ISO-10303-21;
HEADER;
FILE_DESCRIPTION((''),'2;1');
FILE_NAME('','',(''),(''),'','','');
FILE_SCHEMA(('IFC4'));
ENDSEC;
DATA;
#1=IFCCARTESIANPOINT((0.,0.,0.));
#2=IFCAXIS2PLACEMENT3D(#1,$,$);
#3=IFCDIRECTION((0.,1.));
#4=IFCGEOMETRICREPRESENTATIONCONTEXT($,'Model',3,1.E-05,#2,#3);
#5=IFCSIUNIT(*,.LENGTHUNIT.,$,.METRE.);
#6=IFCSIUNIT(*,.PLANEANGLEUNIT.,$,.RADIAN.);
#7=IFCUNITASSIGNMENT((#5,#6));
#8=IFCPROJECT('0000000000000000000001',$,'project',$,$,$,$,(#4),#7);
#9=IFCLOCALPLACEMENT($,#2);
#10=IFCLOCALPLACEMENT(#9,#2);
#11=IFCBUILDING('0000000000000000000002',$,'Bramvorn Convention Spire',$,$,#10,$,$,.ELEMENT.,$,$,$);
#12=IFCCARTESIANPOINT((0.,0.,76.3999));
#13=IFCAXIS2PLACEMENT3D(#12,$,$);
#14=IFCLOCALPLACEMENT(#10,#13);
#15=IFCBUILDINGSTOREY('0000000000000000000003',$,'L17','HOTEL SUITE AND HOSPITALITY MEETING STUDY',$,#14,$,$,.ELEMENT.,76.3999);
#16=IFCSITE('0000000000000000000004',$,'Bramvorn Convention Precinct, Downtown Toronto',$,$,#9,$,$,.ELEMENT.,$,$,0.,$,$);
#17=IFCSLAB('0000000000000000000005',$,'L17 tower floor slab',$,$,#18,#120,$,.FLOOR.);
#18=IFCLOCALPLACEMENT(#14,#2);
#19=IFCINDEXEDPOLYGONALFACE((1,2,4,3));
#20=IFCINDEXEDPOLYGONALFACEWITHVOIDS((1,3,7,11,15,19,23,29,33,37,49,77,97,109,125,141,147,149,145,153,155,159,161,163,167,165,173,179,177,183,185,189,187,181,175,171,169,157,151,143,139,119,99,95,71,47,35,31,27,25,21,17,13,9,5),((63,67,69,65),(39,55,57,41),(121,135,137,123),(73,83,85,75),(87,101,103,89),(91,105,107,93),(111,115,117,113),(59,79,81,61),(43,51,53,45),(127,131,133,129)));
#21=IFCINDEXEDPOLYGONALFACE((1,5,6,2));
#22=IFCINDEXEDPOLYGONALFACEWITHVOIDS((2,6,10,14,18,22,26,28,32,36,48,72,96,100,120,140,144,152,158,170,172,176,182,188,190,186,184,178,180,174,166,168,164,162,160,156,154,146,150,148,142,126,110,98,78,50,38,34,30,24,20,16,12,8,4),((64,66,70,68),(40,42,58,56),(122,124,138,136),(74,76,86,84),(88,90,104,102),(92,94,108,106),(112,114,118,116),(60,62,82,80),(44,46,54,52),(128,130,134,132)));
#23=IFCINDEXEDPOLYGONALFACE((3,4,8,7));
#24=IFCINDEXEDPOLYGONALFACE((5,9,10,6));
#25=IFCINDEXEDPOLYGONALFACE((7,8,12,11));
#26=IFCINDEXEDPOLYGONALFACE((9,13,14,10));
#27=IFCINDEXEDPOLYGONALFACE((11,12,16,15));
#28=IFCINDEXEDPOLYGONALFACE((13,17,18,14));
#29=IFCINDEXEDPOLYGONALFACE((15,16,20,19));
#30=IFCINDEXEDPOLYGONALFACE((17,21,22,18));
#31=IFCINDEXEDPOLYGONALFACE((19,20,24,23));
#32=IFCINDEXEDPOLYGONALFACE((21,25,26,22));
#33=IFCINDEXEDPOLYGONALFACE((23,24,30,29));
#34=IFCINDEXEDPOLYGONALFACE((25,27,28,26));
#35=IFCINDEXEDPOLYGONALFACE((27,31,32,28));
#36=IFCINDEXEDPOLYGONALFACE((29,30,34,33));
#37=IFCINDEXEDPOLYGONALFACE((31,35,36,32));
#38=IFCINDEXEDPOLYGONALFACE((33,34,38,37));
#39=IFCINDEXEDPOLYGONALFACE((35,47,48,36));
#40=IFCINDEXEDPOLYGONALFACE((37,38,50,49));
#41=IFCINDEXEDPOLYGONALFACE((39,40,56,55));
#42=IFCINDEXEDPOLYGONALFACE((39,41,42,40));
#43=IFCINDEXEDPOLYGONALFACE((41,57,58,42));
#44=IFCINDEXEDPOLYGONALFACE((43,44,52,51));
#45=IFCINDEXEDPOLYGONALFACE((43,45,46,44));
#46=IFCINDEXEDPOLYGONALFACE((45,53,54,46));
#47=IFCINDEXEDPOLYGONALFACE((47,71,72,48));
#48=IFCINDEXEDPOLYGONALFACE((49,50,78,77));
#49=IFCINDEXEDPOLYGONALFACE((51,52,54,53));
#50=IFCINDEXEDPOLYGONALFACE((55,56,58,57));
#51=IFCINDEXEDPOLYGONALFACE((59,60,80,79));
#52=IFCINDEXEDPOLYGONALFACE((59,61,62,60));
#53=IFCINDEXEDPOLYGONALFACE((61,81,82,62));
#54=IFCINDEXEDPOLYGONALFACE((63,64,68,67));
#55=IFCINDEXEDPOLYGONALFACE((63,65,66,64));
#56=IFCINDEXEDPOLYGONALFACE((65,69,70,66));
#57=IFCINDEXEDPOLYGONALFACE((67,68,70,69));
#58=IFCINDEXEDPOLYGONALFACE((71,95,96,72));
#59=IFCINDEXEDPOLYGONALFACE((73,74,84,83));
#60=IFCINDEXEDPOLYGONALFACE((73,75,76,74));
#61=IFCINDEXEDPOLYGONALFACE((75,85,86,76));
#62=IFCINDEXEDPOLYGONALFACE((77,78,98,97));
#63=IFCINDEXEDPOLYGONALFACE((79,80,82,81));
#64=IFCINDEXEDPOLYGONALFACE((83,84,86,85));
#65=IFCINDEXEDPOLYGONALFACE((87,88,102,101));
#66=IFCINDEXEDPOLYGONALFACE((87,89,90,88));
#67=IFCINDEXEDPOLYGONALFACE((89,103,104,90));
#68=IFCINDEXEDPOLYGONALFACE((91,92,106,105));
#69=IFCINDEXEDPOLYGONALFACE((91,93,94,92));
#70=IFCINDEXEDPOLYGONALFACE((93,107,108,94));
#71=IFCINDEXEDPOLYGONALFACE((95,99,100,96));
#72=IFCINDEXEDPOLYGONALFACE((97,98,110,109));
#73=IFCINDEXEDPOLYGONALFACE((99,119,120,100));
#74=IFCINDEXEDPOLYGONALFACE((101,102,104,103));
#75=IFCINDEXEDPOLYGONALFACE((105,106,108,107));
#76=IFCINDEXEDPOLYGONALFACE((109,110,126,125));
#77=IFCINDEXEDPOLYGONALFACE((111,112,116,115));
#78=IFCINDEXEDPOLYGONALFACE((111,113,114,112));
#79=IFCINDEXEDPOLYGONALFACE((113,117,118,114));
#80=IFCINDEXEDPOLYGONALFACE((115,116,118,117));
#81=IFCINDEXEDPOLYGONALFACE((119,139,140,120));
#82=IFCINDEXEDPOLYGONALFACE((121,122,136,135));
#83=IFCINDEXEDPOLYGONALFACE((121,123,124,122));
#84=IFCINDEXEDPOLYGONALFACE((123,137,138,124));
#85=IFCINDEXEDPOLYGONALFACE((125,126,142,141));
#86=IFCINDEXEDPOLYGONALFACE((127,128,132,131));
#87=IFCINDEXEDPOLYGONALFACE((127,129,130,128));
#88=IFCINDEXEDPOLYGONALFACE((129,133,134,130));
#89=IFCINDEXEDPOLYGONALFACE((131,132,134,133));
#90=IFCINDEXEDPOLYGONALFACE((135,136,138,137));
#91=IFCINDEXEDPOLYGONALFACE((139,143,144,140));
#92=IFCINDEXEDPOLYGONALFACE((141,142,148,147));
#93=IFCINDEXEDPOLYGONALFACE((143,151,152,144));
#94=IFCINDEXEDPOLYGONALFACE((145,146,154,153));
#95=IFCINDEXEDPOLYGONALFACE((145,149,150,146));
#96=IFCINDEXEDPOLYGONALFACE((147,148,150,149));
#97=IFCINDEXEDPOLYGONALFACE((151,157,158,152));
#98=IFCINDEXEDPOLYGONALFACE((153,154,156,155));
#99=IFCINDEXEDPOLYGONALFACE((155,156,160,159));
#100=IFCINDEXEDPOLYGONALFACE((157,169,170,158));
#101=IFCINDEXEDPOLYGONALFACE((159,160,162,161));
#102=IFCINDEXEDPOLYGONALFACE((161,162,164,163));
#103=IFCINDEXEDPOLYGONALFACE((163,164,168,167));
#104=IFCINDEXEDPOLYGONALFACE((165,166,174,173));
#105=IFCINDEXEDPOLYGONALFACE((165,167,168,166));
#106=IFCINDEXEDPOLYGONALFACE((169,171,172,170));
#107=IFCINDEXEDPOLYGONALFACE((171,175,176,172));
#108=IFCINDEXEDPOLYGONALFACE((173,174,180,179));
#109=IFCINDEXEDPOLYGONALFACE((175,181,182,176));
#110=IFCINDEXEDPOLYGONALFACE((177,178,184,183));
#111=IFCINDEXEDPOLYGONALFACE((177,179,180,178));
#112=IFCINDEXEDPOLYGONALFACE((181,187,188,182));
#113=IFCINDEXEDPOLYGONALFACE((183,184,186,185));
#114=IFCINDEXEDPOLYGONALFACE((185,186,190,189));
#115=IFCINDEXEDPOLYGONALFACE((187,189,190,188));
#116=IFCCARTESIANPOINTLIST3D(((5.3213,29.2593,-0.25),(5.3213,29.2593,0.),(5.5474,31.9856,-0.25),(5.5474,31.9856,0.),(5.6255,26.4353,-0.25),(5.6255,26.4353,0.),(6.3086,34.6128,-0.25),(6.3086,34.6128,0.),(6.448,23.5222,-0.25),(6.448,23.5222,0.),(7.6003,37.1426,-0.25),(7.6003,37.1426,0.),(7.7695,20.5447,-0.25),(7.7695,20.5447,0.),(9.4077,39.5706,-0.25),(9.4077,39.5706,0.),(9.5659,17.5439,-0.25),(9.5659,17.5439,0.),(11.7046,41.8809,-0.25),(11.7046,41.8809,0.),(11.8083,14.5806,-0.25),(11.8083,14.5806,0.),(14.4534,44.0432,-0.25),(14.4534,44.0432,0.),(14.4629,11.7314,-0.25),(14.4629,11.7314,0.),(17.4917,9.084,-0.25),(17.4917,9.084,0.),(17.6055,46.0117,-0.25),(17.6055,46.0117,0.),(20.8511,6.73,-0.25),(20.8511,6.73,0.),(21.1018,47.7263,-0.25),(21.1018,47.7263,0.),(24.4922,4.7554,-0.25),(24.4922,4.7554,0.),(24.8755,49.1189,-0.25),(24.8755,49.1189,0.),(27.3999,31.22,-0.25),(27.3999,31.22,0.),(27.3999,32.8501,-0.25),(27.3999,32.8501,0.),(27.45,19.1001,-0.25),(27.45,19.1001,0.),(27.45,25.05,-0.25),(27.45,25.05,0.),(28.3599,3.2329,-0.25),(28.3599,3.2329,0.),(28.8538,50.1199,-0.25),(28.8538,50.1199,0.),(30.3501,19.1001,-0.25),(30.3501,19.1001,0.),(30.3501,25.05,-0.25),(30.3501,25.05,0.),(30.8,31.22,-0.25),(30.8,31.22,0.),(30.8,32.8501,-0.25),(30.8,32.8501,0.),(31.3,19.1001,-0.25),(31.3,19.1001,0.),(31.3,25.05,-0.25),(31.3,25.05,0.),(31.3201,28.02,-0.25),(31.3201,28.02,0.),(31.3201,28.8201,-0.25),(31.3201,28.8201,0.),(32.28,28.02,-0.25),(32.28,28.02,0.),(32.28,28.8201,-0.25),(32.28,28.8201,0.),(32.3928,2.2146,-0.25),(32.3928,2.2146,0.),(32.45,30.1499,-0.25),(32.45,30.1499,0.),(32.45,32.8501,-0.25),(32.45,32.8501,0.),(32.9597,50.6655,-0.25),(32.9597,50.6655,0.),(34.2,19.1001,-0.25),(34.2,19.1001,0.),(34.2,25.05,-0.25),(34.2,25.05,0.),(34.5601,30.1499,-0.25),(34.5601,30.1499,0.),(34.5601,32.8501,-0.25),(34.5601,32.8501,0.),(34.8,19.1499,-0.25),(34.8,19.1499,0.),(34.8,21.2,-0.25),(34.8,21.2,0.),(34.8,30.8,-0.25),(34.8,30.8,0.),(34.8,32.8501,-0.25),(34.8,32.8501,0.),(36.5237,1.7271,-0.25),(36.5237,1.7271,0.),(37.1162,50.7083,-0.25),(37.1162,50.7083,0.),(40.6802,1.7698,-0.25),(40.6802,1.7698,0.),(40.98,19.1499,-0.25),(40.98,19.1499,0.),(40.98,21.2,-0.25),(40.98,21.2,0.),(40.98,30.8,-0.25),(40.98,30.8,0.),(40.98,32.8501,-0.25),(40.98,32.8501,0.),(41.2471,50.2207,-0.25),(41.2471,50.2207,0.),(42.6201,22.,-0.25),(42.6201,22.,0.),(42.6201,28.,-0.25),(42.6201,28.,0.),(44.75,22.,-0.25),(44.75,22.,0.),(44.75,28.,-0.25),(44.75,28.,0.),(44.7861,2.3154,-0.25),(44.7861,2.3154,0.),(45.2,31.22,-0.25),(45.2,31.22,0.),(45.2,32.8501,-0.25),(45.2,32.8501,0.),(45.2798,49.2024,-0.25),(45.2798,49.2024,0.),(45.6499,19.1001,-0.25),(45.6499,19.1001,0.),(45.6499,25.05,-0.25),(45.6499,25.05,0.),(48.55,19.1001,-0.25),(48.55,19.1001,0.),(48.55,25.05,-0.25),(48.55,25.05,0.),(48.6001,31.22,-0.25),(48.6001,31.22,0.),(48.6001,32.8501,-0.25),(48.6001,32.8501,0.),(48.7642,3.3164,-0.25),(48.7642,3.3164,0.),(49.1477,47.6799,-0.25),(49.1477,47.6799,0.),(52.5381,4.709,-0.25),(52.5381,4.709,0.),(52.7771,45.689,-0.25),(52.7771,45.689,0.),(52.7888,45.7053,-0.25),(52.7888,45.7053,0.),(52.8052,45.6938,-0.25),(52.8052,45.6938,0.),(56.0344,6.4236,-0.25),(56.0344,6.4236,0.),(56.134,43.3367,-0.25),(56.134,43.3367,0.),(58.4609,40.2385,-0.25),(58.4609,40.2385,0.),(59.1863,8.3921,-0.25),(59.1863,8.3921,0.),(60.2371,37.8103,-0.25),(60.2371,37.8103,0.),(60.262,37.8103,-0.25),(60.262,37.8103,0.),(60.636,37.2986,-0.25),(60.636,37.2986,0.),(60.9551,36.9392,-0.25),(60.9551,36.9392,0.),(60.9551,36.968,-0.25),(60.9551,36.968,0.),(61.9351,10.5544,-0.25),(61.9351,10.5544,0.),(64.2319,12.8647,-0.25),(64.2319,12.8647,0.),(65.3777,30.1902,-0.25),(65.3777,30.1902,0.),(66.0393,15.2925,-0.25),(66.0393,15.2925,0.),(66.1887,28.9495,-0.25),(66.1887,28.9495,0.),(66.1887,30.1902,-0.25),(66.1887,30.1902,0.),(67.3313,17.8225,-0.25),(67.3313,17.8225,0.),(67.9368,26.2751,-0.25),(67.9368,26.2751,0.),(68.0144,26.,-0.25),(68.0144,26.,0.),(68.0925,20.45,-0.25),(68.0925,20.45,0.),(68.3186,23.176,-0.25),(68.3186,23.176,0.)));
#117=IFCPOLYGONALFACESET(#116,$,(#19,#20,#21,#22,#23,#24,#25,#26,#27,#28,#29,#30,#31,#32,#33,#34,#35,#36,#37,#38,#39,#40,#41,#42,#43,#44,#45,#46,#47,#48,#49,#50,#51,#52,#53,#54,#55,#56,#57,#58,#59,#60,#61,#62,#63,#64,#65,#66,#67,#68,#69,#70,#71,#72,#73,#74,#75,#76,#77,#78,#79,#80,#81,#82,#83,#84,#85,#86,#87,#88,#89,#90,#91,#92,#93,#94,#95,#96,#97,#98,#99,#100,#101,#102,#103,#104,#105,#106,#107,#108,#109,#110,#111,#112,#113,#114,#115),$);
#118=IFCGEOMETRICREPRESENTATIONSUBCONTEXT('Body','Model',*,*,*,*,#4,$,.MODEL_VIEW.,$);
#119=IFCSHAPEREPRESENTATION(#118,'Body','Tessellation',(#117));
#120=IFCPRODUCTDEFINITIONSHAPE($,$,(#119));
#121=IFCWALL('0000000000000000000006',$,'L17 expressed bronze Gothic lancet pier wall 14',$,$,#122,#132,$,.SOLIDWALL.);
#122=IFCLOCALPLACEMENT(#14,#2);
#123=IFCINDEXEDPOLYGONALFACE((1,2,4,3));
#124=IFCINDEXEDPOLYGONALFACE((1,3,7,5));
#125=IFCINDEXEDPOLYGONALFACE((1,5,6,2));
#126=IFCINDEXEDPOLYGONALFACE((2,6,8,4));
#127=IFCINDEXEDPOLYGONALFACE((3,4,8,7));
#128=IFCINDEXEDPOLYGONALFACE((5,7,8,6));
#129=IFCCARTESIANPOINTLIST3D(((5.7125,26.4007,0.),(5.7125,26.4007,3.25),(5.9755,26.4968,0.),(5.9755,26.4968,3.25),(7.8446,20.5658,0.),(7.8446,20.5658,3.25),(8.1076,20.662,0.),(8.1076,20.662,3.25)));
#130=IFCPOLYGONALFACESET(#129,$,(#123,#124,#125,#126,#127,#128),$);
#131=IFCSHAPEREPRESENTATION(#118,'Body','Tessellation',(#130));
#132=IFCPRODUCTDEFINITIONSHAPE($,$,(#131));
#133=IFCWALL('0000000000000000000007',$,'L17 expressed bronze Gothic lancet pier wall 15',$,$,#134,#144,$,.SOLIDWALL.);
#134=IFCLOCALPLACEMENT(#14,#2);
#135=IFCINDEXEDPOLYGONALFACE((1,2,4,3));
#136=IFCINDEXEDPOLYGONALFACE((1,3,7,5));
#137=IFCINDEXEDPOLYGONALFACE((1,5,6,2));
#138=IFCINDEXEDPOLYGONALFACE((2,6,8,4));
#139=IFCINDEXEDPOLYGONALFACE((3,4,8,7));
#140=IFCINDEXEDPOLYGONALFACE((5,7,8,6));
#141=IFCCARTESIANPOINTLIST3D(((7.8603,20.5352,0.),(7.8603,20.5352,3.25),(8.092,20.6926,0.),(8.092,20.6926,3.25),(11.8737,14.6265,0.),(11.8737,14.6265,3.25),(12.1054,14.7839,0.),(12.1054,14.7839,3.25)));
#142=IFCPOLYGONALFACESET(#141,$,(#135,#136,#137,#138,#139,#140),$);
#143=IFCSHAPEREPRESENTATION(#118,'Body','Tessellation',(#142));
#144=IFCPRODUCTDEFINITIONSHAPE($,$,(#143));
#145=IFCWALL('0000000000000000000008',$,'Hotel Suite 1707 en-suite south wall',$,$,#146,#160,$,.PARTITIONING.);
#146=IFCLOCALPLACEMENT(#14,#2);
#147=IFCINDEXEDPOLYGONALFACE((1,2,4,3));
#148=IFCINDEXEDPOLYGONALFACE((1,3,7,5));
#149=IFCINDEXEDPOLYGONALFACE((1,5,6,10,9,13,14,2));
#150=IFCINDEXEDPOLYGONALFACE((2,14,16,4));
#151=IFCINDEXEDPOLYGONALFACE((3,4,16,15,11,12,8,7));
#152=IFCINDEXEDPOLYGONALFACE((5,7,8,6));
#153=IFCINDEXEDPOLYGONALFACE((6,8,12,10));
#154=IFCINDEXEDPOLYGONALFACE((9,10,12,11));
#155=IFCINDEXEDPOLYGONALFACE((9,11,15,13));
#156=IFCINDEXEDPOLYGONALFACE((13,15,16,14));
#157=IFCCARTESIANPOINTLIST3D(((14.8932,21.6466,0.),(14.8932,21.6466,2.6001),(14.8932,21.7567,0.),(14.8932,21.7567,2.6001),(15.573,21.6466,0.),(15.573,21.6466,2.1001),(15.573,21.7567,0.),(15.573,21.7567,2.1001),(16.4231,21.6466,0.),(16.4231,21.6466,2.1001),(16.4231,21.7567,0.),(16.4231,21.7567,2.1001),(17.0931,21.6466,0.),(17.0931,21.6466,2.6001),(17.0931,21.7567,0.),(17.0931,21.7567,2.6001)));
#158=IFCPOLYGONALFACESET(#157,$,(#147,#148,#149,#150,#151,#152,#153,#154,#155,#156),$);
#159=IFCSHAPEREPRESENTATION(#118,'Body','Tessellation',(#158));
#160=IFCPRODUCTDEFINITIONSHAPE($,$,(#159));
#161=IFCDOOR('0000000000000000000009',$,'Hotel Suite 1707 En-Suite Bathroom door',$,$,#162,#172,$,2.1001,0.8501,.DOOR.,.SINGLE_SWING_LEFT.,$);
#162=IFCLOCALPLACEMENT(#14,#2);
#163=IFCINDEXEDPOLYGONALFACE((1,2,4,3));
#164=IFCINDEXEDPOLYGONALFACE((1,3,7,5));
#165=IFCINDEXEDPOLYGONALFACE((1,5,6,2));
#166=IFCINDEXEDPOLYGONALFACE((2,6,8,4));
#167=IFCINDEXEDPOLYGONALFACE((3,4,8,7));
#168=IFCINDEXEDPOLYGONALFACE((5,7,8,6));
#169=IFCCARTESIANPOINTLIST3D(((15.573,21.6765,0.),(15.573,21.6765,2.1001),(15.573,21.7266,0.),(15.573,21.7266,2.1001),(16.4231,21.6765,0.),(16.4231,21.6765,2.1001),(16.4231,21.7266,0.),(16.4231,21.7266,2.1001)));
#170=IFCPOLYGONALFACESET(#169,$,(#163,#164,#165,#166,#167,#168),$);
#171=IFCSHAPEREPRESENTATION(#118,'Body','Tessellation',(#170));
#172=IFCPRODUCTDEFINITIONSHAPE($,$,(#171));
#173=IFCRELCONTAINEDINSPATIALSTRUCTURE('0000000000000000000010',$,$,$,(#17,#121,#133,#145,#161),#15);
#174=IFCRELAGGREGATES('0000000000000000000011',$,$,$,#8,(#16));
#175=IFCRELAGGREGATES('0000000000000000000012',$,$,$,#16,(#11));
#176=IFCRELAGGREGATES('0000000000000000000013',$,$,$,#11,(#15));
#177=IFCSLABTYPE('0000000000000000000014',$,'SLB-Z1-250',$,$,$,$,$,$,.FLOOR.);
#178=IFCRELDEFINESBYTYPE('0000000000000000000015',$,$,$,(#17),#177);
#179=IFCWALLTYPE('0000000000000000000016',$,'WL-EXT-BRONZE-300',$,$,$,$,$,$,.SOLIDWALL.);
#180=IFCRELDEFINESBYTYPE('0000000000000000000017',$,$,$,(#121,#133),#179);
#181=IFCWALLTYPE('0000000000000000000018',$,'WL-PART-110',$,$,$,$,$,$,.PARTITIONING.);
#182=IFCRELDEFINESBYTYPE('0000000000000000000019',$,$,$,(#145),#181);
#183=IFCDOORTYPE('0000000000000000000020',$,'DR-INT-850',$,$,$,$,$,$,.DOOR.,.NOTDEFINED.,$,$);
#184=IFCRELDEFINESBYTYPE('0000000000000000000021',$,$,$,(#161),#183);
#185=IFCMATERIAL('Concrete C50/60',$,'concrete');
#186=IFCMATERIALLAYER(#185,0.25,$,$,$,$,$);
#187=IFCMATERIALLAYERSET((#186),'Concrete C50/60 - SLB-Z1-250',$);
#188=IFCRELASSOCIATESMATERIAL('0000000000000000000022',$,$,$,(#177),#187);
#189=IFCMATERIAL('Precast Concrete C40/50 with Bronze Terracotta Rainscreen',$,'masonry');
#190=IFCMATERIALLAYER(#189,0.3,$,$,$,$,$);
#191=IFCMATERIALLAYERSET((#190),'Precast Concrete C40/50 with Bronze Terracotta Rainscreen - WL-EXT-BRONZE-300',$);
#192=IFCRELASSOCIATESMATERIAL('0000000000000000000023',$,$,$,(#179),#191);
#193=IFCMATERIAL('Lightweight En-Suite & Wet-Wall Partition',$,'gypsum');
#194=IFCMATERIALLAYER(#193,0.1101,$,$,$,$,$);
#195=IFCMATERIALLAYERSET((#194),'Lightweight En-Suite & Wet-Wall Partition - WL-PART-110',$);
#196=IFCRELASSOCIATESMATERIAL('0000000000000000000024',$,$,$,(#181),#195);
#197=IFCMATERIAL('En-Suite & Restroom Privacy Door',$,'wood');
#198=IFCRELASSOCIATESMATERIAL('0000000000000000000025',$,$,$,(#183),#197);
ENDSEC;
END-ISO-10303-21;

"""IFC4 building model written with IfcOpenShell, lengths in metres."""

from ifc_helpers import new_model, si_unit, direction, frame, frame_2d, origin, place, context, subcontext, project, spatial, polyline, rectangle, outline, extrude, material, layer, layer_set, type_object, element, fill, save


model = new_model("IFC4")

# Units and contexts
model_context = context("Model", 3, precision=1e-05, world=origin(), true_north=direction((0.0, 1.0)))
body_context = subcontext(model_context, "Body", "Model", "MODEL_VIEW")
ifc_project = project(units=[si_unit("LENGTHUNIT", "METRE"), si_unit("PLANEANGLEUNIT", "RADIAN")], contexts=[model_context])

# Site, building, storey
site_placement = place(None, origin())
site = spatial("IfcSite", under=ifc_project, at=site_placement, Name="Bramvorn Convention Precinct, Downtown Toronto", CompositionType="ELEMENT", RefElevation=0.0)
building_placement = place(site_placement, origin())
building = spatial("IfcBuilding", under=site, at=building_placement, Name="Bramvorn Convention Spire", CompositionType="ELEMENT")
storey_placement = place(building_placement, frame((0.0, 0.0, 76.3999)))
storey = spatial("IfcBuildingStorey", under=building, at=storey_placement, Name="L17", Description="HOTEL SUITE AND HOSPITALITY MEETING STUDY", CompositionType="ELEMENT", Elevation=76.3999)

# Slab
ifc_material_1 = material(Name="Concrete C50/60", Category="concrete")
ifc_layer_1 = layer(ifc_material_1, 0.25)
ifc_layer_set_1 = layer_set([ifc_layer_1], Name="Concrete C50/60 - SLB-Z1-250")
slab_type_1 = type_object("IfcSlabType", Name="SLB-Z1-250", PredefinedType="FLOOR", material=ifc_layer_set_1)
slab_1_placement = place(storey_placement, frame((0.0, 0.0, -0.25)))
element("IfcSlab", 1, at=slab_1_placement, inside=storey, type_object=slab_type_1, Name="L17 tower floor slab", PredefinedType="FLOOR", context=body_context, shape_type="SweptSolid", body=[
    extrude(outline(polyline([(67.3313, 17.8225), (66.0393, 15.2925), (64.2319, 12.8647), (61.9351, 10.5544), (59.1863, 8.3921), (56.0344, 6.4236), (52.5381, 4.709), (48.7642, 3.3164), (44.7861, 2.3154), (40.6802, 1.7698), (36.5237, 1.7271), (32.3928, 2.2146), (28.3599, 3.2329), (24.4922, 4.7554), (20.8511, 6.73), (17.4917, 9.084), (14.4629, 11.7314), (11.8083, 14.5806), (9.5659, 17.5439), (7.7695, 20.5447), (6.448, 23.5222), (5.6255, 26.4353), (5.3213, 29.2593), (5.5474, 31.9856), (6.3086, 34.6128), (7.6003, 37.1426), (9.4077, 39.5706), (11.7046, 41.8809), (14.4534, 44.0432), (17.6055, 46.0117), (21.1018, 47.7263), (24.8755, 49.1189), (28.8538, 50.1199), (32.9597, 50.6655), (37.1162, 50.7083), (41.2471, 50.2207), (45.2798, 49.2024), (49.1477, 47.6799), (52.7888, 45.7053), (52.8052, 45.6938), (52.7771, 45.689), (56.134, 43.3367), (58.4609, 40.2385), (60.2371, 37.8103), (60.262, 37.8103), (60.636, 37.2986), (60.9551, 36.968), (60.9551, 36.9392), (65.3777, 30.1902), (66.1887, 30.1902), (66.1887, 28.9495), (67.9368, 26.2751), (68.0144, 26.0), (68.3186, 23.176), (68.0925, 20.45), (67.3313, 17.8225)]), holes=[polyline([(27.45, 25.05), (27.45, 19.1001), (30.3501, 19.1001), (30.3501, 25.05), (27.45, 25.05)]), polyline([(45.6499, 25.05), (45.6499, 19.1001), (48.55, 19.1001), (48.55, 25.05), (45.6499, 25.05)]), polyline([(31.3, 25.05), (31.3, 19.1001), (34.2, 19.1001), (34.2, 25.05), (31.3, 25.05)]), polyline([(27.3999, 31.22), (30.8, 31.22), (30.8, 32.8501), (27.3999, 32.8501), (27.3999, 31.22)]), polyline([(45.2, 31.22), (48.6001, 31.22), (48.6001, 32.8501), (45.2, 32.8501), (45.2, 31.22)]), polyline([(32.45, 30.1499), (34.5601, 30.1499), (34.5601, 32.8501), (32.45, 32.8501), (32.45, 30.1499)]), polyline([(34.8, 30.8), (40.98, 30.8), (40.98, 32.8501), (34.8, 32.8501), (34.8, 30.8)]), polyline([(34.8, 19.1499), (40.98, 19.1499), (40.98, 21.2), (34.8, 21.2), (34.8, 19.1499)]), polyline([(42.6201, 22.0), (44.75, 22.0), (44.75, 28.0), (42.6201, 28.0), (42.6201, 22.0)]), polyline([(31.3201, 28.02), (32.28, 28.02), (32.28, 28.8201), (31.3201, 28.8201), (31.3201, 28.02)])]), origin(), (0.0, 0.0, 1.0), 0.25),
])

# Walls
ifc_material_2 = material(Name="Precast Concrete C40/50 with Bronze Terracotta Rainscreen", Category="masonry")
ifc_layer_2 = layer(ifc_material_2, 0.3)
ifc_layer_set_2 = layer_set([ifc_layer_2], Name="Precast Concrete C40/50 with Bronze Terracotta Rainscreen - WL-EXT-BRONZE-300")
wall_type_1 = type_object("IfcWallType", Name="WL-EXT-BRONZE-300", PredefinedType="SOLIDWALL", material=ifc_layer_set_2)
wall_1_placement = place(storey_placement, frame((7.9761, 20.614, 0.0), z_axis=(0.0, 0.0, 1.0), x_axis=(-0.343216, 0.939256, 0.0)))
element("IfcWall", 2, at=wall_1_placement, inside=storey, type_object=wall_type_1, Name="L17 expressed bronze Gothic lancet pier wall 14", PredefinedType="SOLIDWALL", context=body_context, shape_type="SweptSolid", body=[
    extrude(rectangle(XDim=6.2122, YDim=0.28, at=frame_2d((3.106, 0.0))), origin(), (0.0, 0.0, 1.0), 3.25),
])
wall_2_placement = place(storey_placement, frame((11.9895, 14.7053, 0.0), z_axis=(0.0, 0.0, 1.0), x_axis=(-0.561881, 0.827218, 0.0)))
element("IfcWall", 3, at=wall_2_placement, inside=storey, type_object=wall_type_1, Name="L17 expressed bronze Gothic lancet pier wall 15", PredefinedType="SOLIDWALL", context=body_context, shape_type="SweptSolid", body=[
    extrude(rectangle(XDim=7.1428, YDim=0.28, at=frame_2d((3.5713, 0.0))), origin(), (0.0, 0.0, 1.0), 3.25),
])

# Wall, opening, door
ifc_material_3 = material(Name="Lightweight En-Suite & Wet-Wall Partition", Category="gypsum")
ifc_layer_3 = layer(ifc_material_3, 0.1101)
ifc_layer_set_3 = layer_set([ifc_layer_3], Name="Lightweight En-Suite & Wet-Wall Partition - WL-PART-110")
wall_type_2 = type_object("IfcWallType", Name="WL-PART-110", PredefinedType="PARTITIONING", material=ifc_layer_set_3)
wall_3_placement = place(storey_placement, frame((14.8931, 21.7017, 0.0), z_axis=(0.0, 0.0, 1.0), x_axis=(1.0, 0.0, 0.0)))
wall_3 = element("IfcWall", 4, at=wall_3_placement, inside=storey, type_object=wall_type_2, Name="Hotel Suite 1707 en-suite south wall", PredefinedType="PARTITIONING", context=body_context, shape_type="SweptSolid", body=[
    extrude(rectangle(XDim=2.2, YDim=0.1101, at=frame_2d((1.1001, 0.0))), origin(), (0.0, 0.0, 1.0), 2.6001),
])
opening_placement = place(wall_3_placement, frame((0.6799, 0.0, 0.0)))
opening = element("IfcOpeningElement", 5, at=opening_placement, cuts=wall_3, PredefinedType="OPENING", context=body_context, shape_type="SweptSolid", body=[
    extrude(rectangle(XDim=0.8501, YDim=2.1001, at=frame_2d((0.425, 1.05))), frame((0.0, 0.0649, 0.0), z_axis=(0.0, -1.0, 0.0), x_axis=(1.0, 0.0, 0.0)), (0.0, 0.0, 1.0), 0.1301),
])
ifc_material_4 = material(Name="En-Suite & Restroom Privacy Door", Category="wood")
door_type = type_object("IfcDoorType", Name="DR-INT-850", OperationType="NOTDEFINED", PredefinedType="DOOR", material=ifc_material_4)
door_placement = place(opening_placement, origin())
door = element("IfcDoor", 6, at=door_placement, inside=storey, type_object=door_type, Name="Hotel Suite 1707 En-Suite Bathroom door", OperationType="SINGLE_SWING_LEFT", OverallHeight=2.1001, OverallWidth=0.8501, PredefinedType="DOOR", context=body_context, shape_type="SweptSolid", body=[
    extrude(rectangle(XDim=0.8501, YDim=2.1001, at=frame_2d((0.425, 1.05))), frame((0.0, 0.0249, 0.0), z_axis=(0.0, -1.0, 0.0), x_axis=(1.0, 0.0, 0.0)), (0.0, 0.0, 1.0), 0.05),
])
fill(opening, door)

save(model, "model.ifc")
